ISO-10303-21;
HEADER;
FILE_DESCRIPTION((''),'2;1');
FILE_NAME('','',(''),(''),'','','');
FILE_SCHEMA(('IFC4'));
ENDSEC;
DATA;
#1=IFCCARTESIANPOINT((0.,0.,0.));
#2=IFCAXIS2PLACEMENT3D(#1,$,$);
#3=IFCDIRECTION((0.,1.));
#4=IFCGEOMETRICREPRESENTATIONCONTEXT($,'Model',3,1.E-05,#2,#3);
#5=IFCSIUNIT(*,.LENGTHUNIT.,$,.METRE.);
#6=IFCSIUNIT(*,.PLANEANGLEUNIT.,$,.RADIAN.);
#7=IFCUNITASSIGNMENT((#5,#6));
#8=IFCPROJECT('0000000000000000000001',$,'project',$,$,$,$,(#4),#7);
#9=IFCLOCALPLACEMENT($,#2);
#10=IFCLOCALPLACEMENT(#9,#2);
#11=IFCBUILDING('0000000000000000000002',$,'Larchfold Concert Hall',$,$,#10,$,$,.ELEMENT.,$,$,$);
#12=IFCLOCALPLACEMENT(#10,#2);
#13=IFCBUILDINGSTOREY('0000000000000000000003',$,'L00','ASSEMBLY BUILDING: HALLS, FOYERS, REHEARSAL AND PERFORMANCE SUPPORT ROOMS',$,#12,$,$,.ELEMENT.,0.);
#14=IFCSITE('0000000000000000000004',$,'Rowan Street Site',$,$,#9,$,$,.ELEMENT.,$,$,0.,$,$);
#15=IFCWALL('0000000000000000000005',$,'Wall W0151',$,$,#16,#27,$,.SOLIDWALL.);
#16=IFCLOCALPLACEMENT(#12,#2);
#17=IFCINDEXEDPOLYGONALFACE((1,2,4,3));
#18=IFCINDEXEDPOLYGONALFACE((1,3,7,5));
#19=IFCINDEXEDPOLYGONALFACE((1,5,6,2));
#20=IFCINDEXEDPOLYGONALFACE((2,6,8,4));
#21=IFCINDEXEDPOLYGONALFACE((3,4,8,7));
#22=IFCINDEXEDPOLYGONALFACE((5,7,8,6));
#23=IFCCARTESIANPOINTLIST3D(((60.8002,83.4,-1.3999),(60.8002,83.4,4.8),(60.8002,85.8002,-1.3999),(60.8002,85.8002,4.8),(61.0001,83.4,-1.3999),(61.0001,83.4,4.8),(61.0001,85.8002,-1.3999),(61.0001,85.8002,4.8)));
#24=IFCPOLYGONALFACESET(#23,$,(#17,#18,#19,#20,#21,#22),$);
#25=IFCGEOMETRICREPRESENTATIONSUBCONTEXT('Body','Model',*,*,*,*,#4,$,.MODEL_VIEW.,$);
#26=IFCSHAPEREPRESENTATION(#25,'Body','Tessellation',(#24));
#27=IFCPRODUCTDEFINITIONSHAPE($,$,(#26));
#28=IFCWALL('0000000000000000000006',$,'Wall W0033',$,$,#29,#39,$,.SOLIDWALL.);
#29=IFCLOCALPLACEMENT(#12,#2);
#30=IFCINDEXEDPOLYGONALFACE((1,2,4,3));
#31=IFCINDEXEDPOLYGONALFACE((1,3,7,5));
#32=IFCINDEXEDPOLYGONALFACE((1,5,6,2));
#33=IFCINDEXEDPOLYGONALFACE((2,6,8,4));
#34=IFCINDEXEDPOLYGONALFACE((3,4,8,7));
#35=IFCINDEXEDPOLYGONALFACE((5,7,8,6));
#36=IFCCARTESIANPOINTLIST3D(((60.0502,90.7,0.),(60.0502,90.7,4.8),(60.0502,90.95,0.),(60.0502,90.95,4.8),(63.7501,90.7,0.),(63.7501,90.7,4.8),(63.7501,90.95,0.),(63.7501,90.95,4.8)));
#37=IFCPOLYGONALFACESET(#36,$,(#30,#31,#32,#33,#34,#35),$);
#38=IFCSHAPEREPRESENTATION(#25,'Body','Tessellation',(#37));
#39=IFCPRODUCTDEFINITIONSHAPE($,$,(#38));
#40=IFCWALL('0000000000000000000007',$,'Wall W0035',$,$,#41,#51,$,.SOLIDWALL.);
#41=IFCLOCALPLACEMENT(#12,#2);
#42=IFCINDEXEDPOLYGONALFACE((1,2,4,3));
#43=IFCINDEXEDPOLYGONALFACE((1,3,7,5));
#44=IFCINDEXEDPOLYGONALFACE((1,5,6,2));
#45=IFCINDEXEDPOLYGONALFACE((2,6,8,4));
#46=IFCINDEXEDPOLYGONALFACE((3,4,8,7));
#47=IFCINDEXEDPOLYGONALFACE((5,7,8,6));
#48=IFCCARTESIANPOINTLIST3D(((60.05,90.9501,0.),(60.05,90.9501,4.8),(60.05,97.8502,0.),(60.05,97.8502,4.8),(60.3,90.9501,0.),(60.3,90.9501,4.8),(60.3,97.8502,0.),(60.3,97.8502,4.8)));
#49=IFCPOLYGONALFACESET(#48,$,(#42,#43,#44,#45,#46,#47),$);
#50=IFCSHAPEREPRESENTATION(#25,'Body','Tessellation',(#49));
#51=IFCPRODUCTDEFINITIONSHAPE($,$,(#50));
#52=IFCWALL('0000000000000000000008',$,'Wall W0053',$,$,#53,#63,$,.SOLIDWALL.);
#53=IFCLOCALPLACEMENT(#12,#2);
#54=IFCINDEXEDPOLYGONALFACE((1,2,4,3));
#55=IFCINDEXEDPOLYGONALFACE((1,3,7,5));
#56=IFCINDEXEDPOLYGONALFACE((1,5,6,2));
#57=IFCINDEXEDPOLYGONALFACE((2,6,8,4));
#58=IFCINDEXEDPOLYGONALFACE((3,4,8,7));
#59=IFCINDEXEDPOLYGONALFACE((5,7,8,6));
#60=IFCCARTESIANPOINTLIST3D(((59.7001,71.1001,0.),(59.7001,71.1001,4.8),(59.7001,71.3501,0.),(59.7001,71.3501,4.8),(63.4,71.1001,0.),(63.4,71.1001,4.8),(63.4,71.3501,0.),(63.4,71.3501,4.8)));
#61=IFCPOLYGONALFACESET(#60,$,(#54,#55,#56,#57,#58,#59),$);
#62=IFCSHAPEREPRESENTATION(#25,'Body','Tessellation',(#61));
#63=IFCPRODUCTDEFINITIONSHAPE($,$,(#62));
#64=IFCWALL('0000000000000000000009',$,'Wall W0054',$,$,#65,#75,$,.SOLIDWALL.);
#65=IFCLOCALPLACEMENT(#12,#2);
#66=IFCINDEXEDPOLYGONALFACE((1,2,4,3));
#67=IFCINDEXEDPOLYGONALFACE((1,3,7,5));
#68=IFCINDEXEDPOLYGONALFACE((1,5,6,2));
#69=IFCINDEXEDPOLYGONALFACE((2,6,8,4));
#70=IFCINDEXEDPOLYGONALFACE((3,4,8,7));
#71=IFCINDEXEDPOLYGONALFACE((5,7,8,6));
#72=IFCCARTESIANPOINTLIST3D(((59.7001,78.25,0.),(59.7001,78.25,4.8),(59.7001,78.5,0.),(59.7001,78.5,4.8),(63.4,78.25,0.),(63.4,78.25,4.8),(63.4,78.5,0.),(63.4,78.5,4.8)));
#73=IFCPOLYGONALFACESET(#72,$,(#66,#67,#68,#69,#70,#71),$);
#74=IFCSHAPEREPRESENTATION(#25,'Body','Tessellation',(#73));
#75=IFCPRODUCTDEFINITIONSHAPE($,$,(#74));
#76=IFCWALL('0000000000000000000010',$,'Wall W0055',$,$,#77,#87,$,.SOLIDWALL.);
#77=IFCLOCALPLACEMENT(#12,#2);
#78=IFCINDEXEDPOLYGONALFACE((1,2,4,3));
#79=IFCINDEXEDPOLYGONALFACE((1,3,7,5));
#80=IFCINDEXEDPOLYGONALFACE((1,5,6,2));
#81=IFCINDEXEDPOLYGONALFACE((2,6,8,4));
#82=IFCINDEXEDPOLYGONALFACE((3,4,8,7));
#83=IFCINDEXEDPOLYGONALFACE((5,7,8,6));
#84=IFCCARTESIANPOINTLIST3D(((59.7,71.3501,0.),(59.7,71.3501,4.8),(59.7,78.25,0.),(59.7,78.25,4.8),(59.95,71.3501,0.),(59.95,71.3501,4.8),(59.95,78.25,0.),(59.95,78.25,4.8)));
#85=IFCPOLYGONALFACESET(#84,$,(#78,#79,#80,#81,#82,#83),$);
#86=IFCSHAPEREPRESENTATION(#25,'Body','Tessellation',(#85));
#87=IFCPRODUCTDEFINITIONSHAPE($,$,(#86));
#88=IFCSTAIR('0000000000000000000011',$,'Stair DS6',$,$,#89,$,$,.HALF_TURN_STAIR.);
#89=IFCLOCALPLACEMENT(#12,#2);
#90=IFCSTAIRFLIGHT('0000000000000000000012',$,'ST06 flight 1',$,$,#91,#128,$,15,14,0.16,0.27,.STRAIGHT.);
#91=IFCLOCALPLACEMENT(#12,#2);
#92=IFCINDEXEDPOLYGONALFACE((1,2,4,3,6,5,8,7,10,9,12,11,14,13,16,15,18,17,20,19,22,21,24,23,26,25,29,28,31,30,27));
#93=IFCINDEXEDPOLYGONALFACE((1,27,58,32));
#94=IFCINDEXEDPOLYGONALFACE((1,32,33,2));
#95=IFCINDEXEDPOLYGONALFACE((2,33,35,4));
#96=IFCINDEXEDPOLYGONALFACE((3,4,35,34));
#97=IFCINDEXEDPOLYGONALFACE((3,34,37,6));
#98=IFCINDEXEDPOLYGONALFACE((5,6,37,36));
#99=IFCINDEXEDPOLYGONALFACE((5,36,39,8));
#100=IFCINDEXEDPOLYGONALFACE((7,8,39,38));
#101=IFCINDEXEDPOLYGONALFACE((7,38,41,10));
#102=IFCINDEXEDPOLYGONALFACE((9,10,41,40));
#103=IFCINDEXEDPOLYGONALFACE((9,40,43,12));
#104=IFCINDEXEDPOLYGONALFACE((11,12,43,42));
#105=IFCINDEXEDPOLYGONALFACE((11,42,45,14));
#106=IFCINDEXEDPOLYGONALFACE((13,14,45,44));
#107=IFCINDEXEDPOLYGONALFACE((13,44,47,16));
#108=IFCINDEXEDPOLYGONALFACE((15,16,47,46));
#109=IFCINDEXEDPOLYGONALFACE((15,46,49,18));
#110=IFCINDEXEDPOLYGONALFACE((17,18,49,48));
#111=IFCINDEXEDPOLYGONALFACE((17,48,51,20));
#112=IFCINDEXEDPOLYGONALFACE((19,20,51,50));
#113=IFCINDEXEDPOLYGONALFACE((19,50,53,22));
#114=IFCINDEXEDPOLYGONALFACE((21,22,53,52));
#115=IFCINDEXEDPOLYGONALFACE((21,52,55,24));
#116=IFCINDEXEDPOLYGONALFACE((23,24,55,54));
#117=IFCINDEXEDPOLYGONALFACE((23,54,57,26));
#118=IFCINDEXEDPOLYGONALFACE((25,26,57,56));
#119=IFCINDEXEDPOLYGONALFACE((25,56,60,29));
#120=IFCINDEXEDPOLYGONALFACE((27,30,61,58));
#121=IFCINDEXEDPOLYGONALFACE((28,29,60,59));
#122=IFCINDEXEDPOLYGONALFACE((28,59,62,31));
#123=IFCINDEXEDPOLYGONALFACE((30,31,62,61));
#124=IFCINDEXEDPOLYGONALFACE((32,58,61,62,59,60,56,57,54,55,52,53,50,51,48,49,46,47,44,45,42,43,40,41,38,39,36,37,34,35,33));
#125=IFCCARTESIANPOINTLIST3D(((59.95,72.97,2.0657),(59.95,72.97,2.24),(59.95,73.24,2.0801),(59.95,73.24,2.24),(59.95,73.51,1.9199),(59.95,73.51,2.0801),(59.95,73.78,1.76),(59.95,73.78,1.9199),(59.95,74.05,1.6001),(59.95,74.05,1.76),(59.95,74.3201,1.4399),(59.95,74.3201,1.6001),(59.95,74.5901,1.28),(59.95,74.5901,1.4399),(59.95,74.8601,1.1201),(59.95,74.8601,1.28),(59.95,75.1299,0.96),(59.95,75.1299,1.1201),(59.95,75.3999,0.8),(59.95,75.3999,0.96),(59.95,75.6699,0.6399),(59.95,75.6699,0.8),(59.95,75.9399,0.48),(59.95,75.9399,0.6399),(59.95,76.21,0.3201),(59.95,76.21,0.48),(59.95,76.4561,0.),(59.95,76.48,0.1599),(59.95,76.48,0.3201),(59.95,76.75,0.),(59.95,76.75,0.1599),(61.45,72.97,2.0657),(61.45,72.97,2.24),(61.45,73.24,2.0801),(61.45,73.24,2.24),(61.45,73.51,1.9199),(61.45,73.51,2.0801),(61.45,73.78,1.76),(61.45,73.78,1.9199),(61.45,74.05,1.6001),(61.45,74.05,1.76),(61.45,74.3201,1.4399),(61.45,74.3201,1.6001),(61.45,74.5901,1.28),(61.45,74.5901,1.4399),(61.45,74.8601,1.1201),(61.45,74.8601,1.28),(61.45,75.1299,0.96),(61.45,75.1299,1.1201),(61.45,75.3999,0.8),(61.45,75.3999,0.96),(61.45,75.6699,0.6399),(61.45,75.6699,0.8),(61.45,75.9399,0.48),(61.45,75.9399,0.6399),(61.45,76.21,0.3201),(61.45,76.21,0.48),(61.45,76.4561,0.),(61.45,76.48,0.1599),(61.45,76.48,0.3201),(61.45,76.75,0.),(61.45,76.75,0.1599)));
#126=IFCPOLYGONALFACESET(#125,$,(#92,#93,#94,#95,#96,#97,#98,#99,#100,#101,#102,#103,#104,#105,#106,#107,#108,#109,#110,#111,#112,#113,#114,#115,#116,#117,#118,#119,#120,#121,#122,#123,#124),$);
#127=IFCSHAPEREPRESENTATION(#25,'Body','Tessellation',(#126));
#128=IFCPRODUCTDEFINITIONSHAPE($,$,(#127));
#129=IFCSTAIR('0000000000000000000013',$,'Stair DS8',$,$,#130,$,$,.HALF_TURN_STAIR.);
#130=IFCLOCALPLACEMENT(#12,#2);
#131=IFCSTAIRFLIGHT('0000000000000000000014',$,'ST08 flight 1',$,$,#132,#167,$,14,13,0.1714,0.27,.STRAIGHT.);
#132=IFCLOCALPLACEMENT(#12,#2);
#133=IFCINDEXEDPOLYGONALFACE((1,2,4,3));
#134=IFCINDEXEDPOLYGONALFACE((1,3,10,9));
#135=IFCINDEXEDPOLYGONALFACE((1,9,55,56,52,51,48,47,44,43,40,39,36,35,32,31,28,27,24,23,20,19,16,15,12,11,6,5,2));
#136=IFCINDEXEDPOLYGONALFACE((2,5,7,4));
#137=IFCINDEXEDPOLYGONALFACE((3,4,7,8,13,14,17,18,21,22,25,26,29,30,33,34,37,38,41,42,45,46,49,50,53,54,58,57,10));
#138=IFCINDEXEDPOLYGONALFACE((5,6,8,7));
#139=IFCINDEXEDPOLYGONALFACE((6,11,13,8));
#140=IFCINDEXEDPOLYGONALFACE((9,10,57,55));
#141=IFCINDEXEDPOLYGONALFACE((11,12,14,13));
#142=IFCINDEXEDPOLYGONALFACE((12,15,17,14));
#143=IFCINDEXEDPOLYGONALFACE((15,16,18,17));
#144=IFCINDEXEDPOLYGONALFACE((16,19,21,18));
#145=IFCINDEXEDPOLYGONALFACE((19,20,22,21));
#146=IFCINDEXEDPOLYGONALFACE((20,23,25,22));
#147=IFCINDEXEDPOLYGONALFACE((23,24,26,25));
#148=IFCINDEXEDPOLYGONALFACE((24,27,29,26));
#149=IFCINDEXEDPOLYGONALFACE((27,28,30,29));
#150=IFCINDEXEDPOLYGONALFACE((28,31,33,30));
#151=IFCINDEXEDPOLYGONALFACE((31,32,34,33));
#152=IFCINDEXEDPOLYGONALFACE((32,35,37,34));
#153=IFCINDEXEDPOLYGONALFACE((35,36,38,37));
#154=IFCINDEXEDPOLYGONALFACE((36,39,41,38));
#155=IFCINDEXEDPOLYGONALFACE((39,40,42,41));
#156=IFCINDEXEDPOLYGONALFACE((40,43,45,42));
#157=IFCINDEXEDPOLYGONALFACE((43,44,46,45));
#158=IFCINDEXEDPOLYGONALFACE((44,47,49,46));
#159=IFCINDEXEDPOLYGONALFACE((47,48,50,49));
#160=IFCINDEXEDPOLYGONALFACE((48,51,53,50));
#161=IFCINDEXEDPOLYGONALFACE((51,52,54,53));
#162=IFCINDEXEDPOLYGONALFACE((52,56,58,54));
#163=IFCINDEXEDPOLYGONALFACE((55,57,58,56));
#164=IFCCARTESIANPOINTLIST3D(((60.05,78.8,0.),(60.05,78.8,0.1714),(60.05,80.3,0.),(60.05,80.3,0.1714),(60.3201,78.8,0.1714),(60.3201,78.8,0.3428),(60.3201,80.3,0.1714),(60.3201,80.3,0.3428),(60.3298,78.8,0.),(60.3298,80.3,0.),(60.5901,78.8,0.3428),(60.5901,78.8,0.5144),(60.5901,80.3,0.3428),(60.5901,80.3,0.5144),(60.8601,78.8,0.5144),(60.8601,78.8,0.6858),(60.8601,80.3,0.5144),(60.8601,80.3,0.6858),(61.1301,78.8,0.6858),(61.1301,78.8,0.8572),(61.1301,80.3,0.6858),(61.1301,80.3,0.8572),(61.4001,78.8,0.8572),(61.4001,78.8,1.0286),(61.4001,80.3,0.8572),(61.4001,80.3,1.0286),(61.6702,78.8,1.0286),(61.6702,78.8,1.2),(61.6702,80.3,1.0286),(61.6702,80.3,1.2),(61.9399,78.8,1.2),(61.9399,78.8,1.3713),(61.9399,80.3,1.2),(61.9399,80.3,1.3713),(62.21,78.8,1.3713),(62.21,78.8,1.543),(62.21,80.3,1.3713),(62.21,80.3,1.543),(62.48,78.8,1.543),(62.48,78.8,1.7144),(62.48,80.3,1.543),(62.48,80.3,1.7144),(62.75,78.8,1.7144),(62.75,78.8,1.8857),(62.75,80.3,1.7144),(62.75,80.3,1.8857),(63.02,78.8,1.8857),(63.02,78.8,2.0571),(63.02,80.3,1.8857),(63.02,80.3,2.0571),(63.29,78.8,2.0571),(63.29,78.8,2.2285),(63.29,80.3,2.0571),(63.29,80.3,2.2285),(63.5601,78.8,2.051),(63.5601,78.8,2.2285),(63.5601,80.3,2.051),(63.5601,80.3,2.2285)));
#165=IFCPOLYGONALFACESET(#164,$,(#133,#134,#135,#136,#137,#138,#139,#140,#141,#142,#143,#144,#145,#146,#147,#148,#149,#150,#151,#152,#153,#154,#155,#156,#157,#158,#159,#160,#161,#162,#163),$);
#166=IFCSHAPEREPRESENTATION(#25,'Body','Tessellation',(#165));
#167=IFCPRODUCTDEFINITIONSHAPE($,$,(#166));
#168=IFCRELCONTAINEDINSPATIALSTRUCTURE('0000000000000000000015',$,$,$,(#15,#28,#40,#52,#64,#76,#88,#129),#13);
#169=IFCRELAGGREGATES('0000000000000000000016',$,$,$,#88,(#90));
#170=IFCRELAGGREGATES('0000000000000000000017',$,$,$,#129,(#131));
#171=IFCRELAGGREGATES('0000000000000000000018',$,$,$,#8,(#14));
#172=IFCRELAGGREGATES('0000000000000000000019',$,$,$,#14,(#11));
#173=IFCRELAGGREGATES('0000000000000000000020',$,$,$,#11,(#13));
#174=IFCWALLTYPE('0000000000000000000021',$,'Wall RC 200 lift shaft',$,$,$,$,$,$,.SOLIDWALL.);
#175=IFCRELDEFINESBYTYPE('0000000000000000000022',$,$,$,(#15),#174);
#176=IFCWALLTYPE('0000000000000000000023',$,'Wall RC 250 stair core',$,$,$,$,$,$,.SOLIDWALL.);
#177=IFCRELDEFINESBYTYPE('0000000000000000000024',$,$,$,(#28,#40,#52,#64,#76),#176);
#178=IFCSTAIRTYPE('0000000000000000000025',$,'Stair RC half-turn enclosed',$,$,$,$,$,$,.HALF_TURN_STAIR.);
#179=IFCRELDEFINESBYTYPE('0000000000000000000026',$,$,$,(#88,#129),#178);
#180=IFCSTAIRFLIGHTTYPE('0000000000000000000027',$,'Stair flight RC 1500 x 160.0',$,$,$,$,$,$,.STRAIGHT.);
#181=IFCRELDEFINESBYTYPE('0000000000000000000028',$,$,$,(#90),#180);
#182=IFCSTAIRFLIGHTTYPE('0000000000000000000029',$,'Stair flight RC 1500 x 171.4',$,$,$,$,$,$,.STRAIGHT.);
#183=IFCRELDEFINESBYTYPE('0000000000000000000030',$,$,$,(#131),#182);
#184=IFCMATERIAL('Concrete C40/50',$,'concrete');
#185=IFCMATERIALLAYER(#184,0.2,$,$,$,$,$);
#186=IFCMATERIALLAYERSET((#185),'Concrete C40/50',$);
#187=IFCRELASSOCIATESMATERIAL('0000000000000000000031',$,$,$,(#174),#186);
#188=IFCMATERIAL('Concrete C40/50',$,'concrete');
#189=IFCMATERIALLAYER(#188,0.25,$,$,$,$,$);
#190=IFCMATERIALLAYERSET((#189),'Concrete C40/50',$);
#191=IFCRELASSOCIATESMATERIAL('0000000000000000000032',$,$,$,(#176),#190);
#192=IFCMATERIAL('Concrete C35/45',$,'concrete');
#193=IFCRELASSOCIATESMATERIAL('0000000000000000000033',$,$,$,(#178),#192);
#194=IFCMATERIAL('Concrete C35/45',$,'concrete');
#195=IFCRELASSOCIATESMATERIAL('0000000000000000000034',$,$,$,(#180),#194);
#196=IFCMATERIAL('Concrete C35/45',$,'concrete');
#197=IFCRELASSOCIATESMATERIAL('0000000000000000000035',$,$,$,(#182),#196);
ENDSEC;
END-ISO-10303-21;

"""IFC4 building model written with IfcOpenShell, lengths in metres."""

from ifc_helpers import new_model, si_unit, direction, frame, frame_2d, origin, place, context, subcontext, project, spatial, polyline, rectangle, outline, extrude, material, layer, layer_set, type_object, element, aggregate, save


model = new_model("IFC4")

# Units and contexts
model_context = context("Model", 3, precision=1e-05, world=origin(), true_north=direction((0.0, 1.0)))
body_context = subcontext(model_context, "Body", "Model", "MODEL_VIEW")
ifc_project = project(units=[si_unit("LENGTHUNIT", "METRE"), si_unit("PLANEANGLEUNIT", "RADIAN")], contexts=[model_context])

# Site, building, storey
site_placement = place(None, origin())
site = spatial("IfcSite", under=ifc_project, at=site_placement, Name="Rowan Street Site", CompositionType="ELEMENT", RefElevation=0.0)
building_placement = place(site_placement, origin())
building = spatial("IfcBuilding", under=site, at=building_placement, Name="Larchfold Concert Hall", CompositionType="ELEMENT")
storey_placement = place(building_placement, origin())
storey = spatial("IfcBuildingStorey", under=building, at=storey_placement, Name="L00", Description="ASSEMBLY BUILDING: HALLS, FOYERS, REHEARSAL AND PERFORMANCE SUPPORT ROOMS", CompositionType="ELEMENT", Elevation=0.0)

# Shared definitions
ifc_material_1 = material(Name="Concrete C40/50", Category="concrete")
ifc_layer_1 = layer(ifc_material_1, 0.2)
ifc_layer_set_1 = layer_set([ifc_layer_1], Name="Concrete C40/50")
wall_type_1 = type_object("IfcWallType", Name="Wall RC 200 lift shaft", PredefinedType="SOLIDWALL", material=ifc_layer_set_1)

# Walls
wall_1_placement = place(storey_placement, frame((60.9001, 83.3999, -1.3999), z_axis=(0.0, 0.0, 1.0), x_axis=(0.0, 1.0, 0.0)))
element("IfcWall", 1, at=wall_1_placement, inside=storey, type_object=wall_type_1, Name="Wall W0151", PredefinedType="SOLIDWALL", context=body_context, shape_type="SweptSolid", body=[
    extrude(rectangle(XDim=2.4001, YDim=0.2, at=frame_2d((1.2002, 0.0))), origin(), (0.0, 0.0, 1.0), 6.2),
])
ifc_material_2 = material(Name="Concrete C40/50", Category="concrete")
ifc_layer_2 = layer(ifc_material_2, 0.25)
ifc_layer_set_2 = layer_set([ifc_layer_2], Name="Concrete C40/50")
wall_type_2 = type_object("IfcWallType", Name="Wall RC 250 stair core", PredefinedType="SOLIDWALL", material=ifc_layer_set_2)
wall_2_placement = place(storey_placement, frame((60.05, 90.825, 0.0), z_axis=(0.0, 0.0, 1.0), x_axis=(1.0, 0.0, 0.0)))
element("IfcWall", 2, at=wall_2_placement, inside=storey, type_object=wall_type_2, Name="Wall W0033", PredefinedType="SOLIDWALL", context=body_context, shape_type="SweptSolid", body=[
    extrude(rectangle(XDim=3.7, YDim=0.25, at=frame_2d((1.8501, 0.0))), origin(), (0.0, 0.0, 1.0), 4.8),
])
wall_3_placement = place(storey_placement, frame((60.175, 90.95, 0.0), z_axis=(0.0, 0.0, 1.0), x_axis=(0.0, 1.0, 0.0)))
element("IfcWall", 3, at=wall_3_placement, inside=storey, type_object=wall_type_2, Name="Wall W0035", PredefinedType="SOLIDWALL", context=body_context, shape_type="SweptSolid", body=[
    extrude(rectangle(XDim=6.9001, YDim=0.25, at=frame_2d((3.4502, 0.0))), origin(), (0.0, 0.0, 1.0), 4.8),
])
for number, where, z_axis, x_axis, name in (
    (4, (59.7, 71.2251, 0.0), (0.0, 0.0, 1.0), (1.0, 0.0, 0.0), "Wall W0053"),
    (5, (59.7, 78.375, 0.0), (0.0, 0.0, 1.0), (1.0, 0.0, 0.0), "Wall W0054"),
):
    element("IfcWall", number, at=place(storey_placement, frame(where, z_axis=z_axis, x_axis=x_axis)), inside=storey, type_object=wall_type_2, Name=name, PredefinedType="SOLIDWALL", context=body_context, shape_type="SweptSolid", body=[
        extrude(rectangle(XDim=3.7, YDim=0.25, at=frame_2d((1.8501, 0.0))), origin(), (0.0, 0.0, 1.0), 4.8),
    ])
wall_4_placement = place(storey_placement, frame((59.825, 71.3501, 0.0), z_axis=(0.0, 0.0, 1.0), x_axis=(0.0, 1.0, 0.0)))
element("IfcWall", 6, at=wall_4_placement, inside=storey, type_object=wall_type_2, Name="Wall W0055", PredefinedType="SOLIDWALL", context=body_context, shape_type="SweptSolid", body=[
    extrude(rectangle(XDim=6.8999, YDim=0.25, at=frame_2d((3.45, 0.0))), origin(), (0.0, 0.0, 1.0), 4.8),
])

# Stairs, stair flights
ifc_material_3 = material(Name="Concrete C35/45", Category="concrete")
stair_type = type_object("IfcStairType", Name="Stair RC half-turn enclosed", PredefinedType="HALF_TURN_STAIR", material=ifc_material_3)
stair_1_placement = place(storey_placement, origin())
stair_1 = element("IfcStair", 7, at=stair_1_placement, inside=storey, type_object=stair_type, Name="Stair DS6", PredefinedType="HALF_TURN_STAIR")
ifc_material_4 = material(Name="Concrete C35/45", Category="concrete")
stair_flight_type_1 = type_object("IfcStairFlightType", Name="Stair flight RC 1500 x 160.0", PredefinedType="STRAIGHT", material=ifc_material_4)
stair_flight_1_placement = place(storey_placement, frame((60.7, 76.75, 0.0), z_axis=(0.0, 0.0, 1.0), x_axis=(0.0, -1.0, 0.0)))
stair_flight_1 = element("IfcStairFlight", 8, at=stair_flight_1_placement, type_object=stair_flight_type_1, Name="ST06 flight 1", NumberOfRisers=15, NumberOfTreads=14, PredefinedType="STRAIGHT", RiserHeight=0.16, TreadLength=0.27, context=body_context, shape_type="SweptSolid", body=[
    extrude(outline(polyline([(0.0, 0.0), (0.0, 0.1599), (0.27, 0.1599), (0.27, 0.3201), (0.54, 0.3201), (0.54, 0.48), (0.8101, 0.48), (0.8101, 0.6399), (1.0801, 0.6399), (1.0801, 0.8), (1.3501, 0.8), (1.3501, 0.96), (1.6201, 0.96), (1.6201, 1.1201), (1.8899, 1.1201), (1.8899, 1.28), (2.1599, 1.28), (2.1599, 1.4399), (2.4299, 1.4399), (2.4299, 1.6001), (2.7, 1.6001), (2.7, 1.76), (2.97, 1.76), (2.97, 1.9199), (3.24, 1.9199), (3.24, 2.0801), (3.51, 2.0801), (3.51, 2.24), (3.78, 2.24), (3.78, 2.3999), (3.78, 2.0657), (0.2939, 0.0), (0.0, 0.0)])), frame((0.0, 0.75, 0.0), z_axis=(0.0, -1.0, 0.0), x_axis=(1.0, 0.0, 0.0)), (0.0, 0.0, 1.0), 1.5),
])
aggregate(stair_1, [stair_flight_1])
stair_2_placement = place(storey_placement, origin())
stair_2 = element("IfcStair", 9, at=stair_2_placement, inside=storey, type_object=stair_type, Name="Stair DS8", PredefinedType="HALF_TURN_STAIR")
ifc_material_5 = material(Name="Concrete C35/45", Category="concrete")
stair_flight_type_2 = type_object("IfcStairFlightType", Name="Stair flight RC 1500 x 171.4", PredefinedType="STRAIGHT", material=ifc_material_5)
stair_flight_2_placement = place(storey_placement, frame((60.05, 79.55, 0.0), z_axis=(0.0, 0.0, 1.0), x_axis=(1.0, 0.0, 0.0)))
stair_flight_2 = element("IfcStairFlight", 10, at=stair_flight_2_placement, type_object=stair_flight_type_2, Name="ST08 flight 1", NumberOfRisers=14, NumberOfTreads=13, PredefinedType="STRAIGHT", RiserHeight=0.1714, TreadLength=0.27, context=body_context, shape_type="SweptSolid", body=[
    extrude(outline(polyline([(0.0, 0.0), (0.0, 0.1714), (0.27, 0.1714), (0.27, 0.3428), (0.54, 0.3428), (0.54, 0.5144), (0.8101, 0.5144), (0.8101, 0.6858), (1.0801, 0.6858), (1.0801, 0.8572), (1.3501, 0.8572), (1.3501, 1.0286), (1.6201, 1.0286), (1.6201, 1.2), (1.8899, 1.2), (1.8899, 1.3713), (2.1599, 1.3713), (2.1599, 1.543), (2.4299, 1.543), (2.4299, 1.7144), (2.7, 1.7144), (2.7, 1.8857), (2.97, 1.8857), (2.97, 2.0571), (3.24, 2.0571), (3.24, 2.2285), (3.51, 2.2285), (3.51, 2.3999), (3.51, 2.051), (0.2798, 0.0), (0.0, 0.0)])), frame((0.0, 0.75, 0.0), z_axis=(0.0, -1.0, 0.0), x_axis=(1.0, 0.0, 0.0)), (0.0, 0.0, 1.0), 1.5),
])
aggregate(stair_2, [stair_flight_2])

save(model, "model.ifc")
